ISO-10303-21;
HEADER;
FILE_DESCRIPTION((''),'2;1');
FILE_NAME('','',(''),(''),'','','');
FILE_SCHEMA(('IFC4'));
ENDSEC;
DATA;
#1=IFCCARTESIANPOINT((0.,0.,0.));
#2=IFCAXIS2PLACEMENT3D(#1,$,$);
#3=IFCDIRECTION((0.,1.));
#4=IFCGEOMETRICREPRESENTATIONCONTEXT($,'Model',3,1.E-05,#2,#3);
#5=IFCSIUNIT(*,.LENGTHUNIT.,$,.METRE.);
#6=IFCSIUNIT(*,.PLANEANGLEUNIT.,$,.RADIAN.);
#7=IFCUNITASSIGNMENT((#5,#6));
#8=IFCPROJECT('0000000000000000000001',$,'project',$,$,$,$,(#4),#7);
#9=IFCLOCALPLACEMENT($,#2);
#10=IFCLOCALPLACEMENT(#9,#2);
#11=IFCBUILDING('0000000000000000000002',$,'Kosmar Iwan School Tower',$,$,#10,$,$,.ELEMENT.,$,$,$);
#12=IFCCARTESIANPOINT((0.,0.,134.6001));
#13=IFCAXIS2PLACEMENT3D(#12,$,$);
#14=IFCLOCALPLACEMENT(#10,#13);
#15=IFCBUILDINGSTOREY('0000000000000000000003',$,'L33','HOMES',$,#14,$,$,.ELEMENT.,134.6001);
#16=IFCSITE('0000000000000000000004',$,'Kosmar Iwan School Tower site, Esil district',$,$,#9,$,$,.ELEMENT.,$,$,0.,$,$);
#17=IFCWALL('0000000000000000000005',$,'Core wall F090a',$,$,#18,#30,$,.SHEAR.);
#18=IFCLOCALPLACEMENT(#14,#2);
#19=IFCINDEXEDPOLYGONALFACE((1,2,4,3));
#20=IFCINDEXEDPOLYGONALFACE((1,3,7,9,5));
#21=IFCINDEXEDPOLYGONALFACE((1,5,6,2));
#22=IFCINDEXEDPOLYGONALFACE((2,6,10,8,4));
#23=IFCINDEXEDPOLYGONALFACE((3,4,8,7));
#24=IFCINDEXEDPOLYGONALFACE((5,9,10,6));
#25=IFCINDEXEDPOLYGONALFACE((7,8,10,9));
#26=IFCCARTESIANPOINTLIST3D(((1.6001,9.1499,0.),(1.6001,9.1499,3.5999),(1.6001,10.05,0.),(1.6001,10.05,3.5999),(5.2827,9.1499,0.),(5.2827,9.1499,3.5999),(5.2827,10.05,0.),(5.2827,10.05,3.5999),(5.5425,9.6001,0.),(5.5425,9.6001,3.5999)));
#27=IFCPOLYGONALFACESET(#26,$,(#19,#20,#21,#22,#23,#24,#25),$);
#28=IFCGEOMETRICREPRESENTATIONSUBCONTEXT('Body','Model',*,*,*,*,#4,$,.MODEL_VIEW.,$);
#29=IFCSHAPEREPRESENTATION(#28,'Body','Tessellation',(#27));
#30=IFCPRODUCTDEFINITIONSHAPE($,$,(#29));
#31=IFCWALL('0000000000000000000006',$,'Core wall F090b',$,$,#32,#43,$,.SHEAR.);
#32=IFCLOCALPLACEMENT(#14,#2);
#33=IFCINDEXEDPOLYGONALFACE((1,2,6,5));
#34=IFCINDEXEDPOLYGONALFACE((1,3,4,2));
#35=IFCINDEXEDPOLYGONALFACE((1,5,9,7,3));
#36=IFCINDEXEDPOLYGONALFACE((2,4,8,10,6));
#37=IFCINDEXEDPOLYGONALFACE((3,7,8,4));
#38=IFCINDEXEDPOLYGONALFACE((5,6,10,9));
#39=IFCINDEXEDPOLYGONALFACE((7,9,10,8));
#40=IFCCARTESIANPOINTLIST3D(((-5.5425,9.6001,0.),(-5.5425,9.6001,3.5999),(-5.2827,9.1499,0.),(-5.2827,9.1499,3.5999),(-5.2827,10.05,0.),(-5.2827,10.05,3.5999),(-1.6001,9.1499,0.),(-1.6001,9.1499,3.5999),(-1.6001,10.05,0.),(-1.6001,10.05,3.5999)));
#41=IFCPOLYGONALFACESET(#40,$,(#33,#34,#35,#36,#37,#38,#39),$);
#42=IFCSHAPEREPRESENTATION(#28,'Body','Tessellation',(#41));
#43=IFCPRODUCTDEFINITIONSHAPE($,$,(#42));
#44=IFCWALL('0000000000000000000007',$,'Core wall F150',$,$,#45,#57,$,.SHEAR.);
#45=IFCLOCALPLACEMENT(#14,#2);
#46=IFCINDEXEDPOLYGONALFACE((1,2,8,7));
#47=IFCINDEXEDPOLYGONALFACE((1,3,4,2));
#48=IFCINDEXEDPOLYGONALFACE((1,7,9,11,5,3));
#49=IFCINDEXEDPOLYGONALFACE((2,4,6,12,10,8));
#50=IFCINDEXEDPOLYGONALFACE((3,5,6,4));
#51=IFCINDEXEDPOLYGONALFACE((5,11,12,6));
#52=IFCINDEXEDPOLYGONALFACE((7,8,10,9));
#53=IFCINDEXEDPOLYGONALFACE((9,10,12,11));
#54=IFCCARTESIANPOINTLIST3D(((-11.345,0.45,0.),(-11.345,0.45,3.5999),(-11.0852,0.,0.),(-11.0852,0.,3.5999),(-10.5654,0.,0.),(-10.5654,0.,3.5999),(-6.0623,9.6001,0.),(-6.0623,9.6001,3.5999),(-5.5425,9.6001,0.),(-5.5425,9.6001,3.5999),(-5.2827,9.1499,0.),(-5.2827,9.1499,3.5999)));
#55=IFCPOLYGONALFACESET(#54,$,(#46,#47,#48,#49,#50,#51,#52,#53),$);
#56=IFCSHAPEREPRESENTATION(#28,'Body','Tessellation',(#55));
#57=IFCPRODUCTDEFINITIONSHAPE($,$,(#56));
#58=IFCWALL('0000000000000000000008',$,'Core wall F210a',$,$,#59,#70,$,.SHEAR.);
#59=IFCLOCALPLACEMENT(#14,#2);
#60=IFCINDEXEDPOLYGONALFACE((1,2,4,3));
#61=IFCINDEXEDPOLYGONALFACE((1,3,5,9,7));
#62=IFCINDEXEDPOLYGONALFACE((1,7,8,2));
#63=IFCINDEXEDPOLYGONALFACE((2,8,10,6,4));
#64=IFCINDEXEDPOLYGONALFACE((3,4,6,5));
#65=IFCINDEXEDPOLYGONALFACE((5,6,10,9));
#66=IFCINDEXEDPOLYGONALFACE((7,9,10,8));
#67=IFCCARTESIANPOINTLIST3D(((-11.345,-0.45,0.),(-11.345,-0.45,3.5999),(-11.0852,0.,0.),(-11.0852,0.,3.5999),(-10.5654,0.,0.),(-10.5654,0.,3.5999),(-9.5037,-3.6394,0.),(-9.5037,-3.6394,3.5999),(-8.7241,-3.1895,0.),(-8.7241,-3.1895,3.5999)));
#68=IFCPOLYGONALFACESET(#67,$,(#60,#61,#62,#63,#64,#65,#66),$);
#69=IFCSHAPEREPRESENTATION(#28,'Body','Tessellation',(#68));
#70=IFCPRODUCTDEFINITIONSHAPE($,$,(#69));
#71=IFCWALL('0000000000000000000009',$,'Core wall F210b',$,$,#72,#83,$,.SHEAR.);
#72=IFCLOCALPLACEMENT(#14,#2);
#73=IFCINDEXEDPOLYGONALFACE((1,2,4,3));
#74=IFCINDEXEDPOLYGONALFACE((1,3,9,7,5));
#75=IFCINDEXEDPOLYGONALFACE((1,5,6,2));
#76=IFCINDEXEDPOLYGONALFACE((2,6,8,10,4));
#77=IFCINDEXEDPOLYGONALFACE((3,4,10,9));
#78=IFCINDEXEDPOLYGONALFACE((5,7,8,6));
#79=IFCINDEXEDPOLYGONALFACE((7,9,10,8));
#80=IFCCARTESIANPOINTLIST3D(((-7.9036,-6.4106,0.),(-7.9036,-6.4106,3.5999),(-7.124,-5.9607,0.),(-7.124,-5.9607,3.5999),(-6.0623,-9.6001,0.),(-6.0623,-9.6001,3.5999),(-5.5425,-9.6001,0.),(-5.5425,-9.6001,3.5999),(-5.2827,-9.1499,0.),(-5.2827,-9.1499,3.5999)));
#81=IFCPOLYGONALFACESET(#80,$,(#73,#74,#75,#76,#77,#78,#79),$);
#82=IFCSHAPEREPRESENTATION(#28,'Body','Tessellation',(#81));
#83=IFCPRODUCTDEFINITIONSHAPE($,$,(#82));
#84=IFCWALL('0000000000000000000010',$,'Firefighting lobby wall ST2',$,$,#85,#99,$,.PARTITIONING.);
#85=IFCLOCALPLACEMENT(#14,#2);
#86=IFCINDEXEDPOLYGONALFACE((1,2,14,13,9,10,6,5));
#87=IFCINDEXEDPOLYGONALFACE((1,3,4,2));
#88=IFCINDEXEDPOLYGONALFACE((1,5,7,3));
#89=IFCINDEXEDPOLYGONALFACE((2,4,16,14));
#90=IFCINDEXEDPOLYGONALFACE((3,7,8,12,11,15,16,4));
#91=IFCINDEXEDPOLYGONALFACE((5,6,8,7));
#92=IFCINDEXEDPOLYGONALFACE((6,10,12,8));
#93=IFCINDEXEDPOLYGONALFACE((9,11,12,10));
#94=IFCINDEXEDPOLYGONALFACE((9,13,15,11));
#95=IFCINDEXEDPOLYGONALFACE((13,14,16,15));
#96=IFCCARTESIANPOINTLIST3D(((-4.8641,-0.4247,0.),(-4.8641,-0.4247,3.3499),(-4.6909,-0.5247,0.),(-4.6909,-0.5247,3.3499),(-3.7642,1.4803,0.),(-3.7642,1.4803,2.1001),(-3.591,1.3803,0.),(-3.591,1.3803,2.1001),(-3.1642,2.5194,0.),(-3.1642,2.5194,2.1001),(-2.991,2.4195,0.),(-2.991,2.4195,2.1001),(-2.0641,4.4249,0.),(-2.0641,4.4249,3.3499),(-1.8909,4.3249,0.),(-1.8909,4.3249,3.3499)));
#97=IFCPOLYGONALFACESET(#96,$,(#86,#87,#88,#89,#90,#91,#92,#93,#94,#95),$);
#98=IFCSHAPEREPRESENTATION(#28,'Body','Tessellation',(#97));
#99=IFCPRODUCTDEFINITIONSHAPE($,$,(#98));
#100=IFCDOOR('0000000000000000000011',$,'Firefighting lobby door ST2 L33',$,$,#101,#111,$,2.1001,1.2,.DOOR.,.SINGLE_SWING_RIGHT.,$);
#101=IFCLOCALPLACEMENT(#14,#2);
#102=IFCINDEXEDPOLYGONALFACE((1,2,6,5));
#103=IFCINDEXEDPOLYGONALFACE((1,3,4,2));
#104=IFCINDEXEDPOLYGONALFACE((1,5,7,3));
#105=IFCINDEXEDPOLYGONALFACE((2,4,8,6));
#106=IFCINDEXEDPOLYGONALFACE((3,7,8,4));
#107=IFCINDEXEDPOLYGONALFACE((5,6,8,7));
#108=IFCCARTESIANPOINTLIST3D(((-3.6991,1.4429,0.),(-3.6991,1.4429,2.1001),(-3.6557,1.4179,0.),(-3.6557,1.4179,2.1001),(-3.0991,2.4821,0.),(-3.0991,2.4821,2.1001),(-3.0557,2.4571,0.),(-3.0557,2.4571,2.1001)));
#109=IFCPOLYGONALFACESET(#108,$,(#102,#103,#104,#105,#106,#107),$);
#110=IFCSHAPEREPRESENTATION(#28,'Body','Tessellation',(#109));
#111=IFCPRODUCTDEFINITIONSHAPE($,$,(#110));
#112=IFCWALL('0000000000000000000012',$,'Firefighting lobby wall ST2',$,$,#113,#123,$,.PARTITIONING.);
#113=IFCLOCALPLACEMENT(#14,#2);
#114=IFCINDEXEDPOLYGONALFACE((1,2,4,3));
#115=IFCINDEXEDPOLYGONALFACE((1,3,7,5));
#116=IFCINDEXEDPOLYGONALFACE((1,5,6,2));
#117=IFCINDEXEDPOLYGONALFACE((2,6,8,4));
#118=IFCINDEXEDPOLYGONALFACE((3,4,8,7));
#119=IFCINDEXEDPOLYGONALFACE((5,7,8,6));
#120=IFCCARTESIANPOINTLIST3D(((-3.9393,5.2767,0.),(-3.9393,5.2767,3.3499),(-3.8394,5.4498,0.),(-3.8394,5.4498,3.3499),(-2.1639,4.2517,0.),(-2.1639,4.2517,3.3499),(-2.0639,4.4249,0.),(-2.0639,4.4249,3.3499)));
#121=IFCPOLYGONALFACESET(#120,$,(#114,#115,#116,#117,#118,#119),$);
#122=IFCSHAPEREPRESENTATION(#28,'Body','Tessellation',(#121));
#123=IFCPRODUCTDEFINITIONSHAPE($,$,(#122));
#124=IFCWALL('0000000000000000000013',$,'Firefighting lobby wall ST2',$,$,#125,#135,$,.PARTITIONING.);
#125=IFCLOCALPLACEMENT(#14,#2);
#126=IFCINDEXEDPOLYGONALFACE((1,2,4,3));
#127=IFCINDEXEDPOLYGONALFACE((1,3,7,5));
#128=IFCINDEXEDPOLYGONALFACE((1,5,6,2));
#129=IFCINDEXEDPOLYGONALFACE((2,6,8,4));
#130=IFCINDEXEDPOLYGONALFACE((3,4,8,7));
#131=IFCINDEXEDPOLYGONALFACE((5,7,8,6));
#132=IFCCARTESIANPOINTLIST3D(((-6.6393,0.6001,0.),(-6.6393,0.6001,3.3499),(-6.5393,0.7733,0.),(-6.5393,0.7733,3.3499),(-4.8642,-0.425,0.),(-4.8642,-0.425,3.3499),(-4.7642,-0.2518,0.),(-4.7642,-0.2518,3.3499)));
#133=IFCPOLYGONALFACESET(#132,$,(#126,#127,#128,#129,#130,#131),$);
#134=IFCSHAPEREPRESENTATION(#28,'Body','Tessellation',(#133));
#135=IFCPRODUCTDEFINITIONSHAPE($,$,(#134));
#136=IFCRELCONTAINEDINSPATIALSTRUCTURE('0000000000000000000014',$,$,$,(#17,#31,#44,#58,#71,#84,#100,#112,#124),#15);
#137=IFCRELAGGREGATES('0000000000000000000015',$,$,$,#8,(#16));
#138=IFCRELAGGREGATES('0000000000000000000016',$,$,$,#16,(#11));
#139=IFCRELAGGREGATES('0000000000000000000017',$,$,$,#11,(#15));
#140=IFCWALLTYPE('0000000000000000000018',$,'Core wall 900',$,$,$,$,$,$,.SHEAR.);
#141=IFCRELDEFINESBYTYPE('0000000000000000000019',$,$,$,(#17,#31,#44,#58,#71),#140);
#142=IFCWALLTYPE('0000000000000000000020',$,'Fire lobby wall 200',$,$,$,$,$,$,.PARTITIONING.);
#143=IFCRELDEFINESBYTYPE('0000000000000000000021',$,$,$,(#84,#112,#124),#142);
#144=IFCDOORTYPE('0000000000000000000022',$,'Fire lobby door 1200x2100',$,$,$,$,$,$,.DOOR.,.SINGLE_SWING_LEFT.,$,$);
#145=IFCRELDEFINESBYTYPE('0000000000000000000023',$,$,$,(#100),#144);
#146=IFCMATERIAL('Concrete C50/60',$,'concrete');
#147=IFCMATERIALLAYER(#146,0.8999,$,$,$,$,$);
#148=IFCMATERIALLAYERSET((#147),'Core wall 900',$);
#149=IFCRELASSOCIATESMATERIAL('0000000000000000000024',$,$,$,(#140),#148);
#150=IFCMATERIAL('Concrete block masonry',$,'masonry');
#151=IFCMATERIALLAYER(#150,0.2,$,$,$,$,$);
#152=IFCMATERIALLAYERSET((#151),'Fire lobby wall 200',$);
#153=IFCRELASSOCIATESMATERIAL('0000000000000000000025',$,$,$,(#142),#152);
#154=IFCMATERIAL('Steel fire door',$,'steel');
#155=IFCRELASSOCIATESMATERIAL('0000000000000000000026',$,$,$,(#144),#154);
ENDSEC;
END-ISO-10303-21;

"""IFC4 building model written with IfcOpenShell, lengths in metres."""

from ifc_helpers import new_model, si_unit, direction, frame, frame_2d, origin, place, context, subcontext, project, spatial, polyline, rectangle, outline, extrude, material, layer, layer_set, type_object, element, fill, save


model = new_model("IFC4")

# Units and contexts
model_context = context("Model", 3, precision=1e-05, world=origin(), true_north=direction((0.0, 1.0)))
body_context = subcontext(model_context, "Body", "Model", "MODEL_VIEW")
ifc_project = project(units=[si_unit("LENGTHUNIT", "METRE"), si_unit("PLANEANGLEUNIT", "RADIAN")], contexts=[model_context])

# Site, building, storey
site_placement = place(None, origin())
site = spatial("IfcSite", under=ifc_project, at=site_placement, Name="Kosmar Iwan School Tower site, Esil district", CompositionType="ELEMENT", RefElevation=0.0)
building_placement = place(site_placement, origin())
building = spatial("IfcBuilding", under=site, at=building_placement, Name="Kosmar Iwan School Tower", CompositionType="ELEMENT")
storey_placement = place(building_placement, frame((0.0, 0.0, 134.6001)))
storey = spatial("IfcBuildingStorey", under=building, at=storey_placement, Name="L33", Description="HOMES", CompositionType="ELEMENT", Elevation=134.6001)

# Walls
ifc_material_1 = material(Name="Concrete C50/60", Category="concrete")
ifc_layer_1 = layer(ifc_material_1, 0.8999)
ifc_layer_set_1 = layer_set([ifc_layer_1], Name="Core wall 900")
wall_type_1 = type_object("IfcWallType", Name="Core wall 900", PredefinedType="SHEAR", material=ifc_layer_set_1)
wall_1_placement = place(storey_placement, origin())
element("IfcWall", 1, at=wall_1_placement, inside=storey, type_object=wall_type_1, Name="Core wall F090a", PredefinedType="SHEAR", context=body_context, shape_type="SweptSolid", body=[
    extrude(outline(polyline([(1.6001, 9.1499), (5.2827, 9.1499), (5.5425, 9.6001), (5.2827, 10.05), (1.6001, 10.05), (1.6001, 9.1499)])), origin(), (0.0, 0.0, 1.0), 3.5999),
])
wall_2_placement = place(storey_placement, origin())
element("IfcWall", 2, at=wall_2_placement, inside=storey, type_object=wall_type_1, Name="Core wall F090b", PredefinedType="SHEAR", context=body_context, shape_type="SweptSolid", body=[
    extrude(outline(polyline([(-5.2827, 9.1499), (-1.6001, 9.1499), (-1.6001, 10.05), (-5.2827, 10.05), (-5.5425, 9.6001), (-5.2827, 9.1499)])), origin(), (0.0, 0.0, 1.0), 3.5999),
])
wall_3_placement = place(storey_placement, origin())
element("IfcWall", 3, at=wall_3_placement, inside=storey, type_object=wall_type_1, Name="Core wall F150", PredefinedType="SHEAR", context=body_context, shape_type="SweptSolid", body=[
    extrude(outline(polyline([(-11.0852, 0.0), (-10.5654, 0.0), (-5.2827, 9.1499), (-5.5425, 9.6001), (-6.0623, 9.6001), (-11.345, 0.45), (-11.0852, 0.0)])), origin(), (0.0, 0.0, 1.0), 3.5999),
])
wall_4_placement = place(storey_placement, origin())
element("IfcWall", 4, at=wall_4_placement, inside=storey, type_object=wall_type_1, Name="Core wall F210a", PredefinedType="SHEAR", context=body_context, shape_type="SweptSolid", body=[
    extrude(outline(polyline([(-9.5037, -3.6394), (-8.7241, -3.1895), (-10.5654, 0.0), (-11.0852, 0.0), (-11.345, -0.45), (-9.5037, -3.6394)])), origin(), (0.0, 0.0, 1.0), 3.5999),
])
wall_5_placement = place(storey_placement, origin())
element("IfcWall", 5, at=wall_5_placement, inside=storey, type_object=wall_type_1, Name="Core wall F210b", PredefinedType="SHEAR", context=body_context, shape_type="SweptSolid", body=[
    extrude(outline(polyline([(-6.0623, -9.6001), (-5.5425, -9.6001), (-5.2827, -9.1499), (-7.124, -5.9607), (-7.9036, -6.4106), (-6.0623, -9.6001)])), origin(), (0.0, 0.0, 1.0), 3.5999),
])

# Wall, opening, door
ifc_material_2 = material(Name="Concrete block masonry", Category="masonry")
ifc_layer_2 = layer(ifc_material_2, 0.2)
ifc_layer_set_2 = layer_set([ifc_layer_2], Name="Fire lobby wall 200")
wall_type_2 = type_object("IfcWallType", Name="Fire lobby wall 200", PredefinedType="PARTITIONING", material=ifc_layer_set_2)
wall_6_placement = place(storey_placement, frame((-1.9775, 4.3748, 0.0), z_axis=(0.0, 0.0, 1.0), x_axis=(-0.500017, -0.866016, 0.0)))
wall_6 = element("IfcWall", 6, at=wall_6_placement, inside=storey, type_object=wall_type_2, Name="Firefighting lobby wall ST2", PredefinedType="PARTITIONING", context=body_context, shape_type="SweptSolid", body=[
    extrude(rectangle(XDim=5.5999, YDim=0.2, at=frame_2d((2.7998, 0.0))), origin(), (0.0, 0.0, 1.0), 3.3499),
])
opening_1_placement = place(wall_6_placement, frame((2.2, 0.0, 0.0)))
opening_1 = element("IfcOpeningElement", 7, at=opening_1_placement, cuts=wall_6, PredefinedType="OPENING", context=body_context, shape_type="SweptSolid", body=[
    extrude(rectangle(XDim=1.2, YDim=2.1001, at=frame_2d((0.6001, 1.05))), frame((0.0, 0.1121, 0.0), z_axis=(0.0, -1.0, 0.0), x_axis=(1.0, 0.0, 0.0)), (0.0, 0.0, 1.0), 0.2239),
])
ifc_material_3 = material(Name="Steel fire door", Category="steel")
door_type_1 = type_object("IfcDoorType", Name="Fire lobby door 1200x2100", OperationType="SINGLE_SWING_LEFT", PredefinedType="DOOR", material=ifc_material_3)
door_1_placement = place(opening_1_placement, frame((1.2, 0.0, 0.0), z_axis=(0.0, 0.0, 1.0), x_axis=(-1.0, 0.0, 0.0)))
door_1 = element("IfcDoor", 8, at=door_1_placement, inside=storey, type_object=door_type_1, Name="Firefighting lobby door ST2 L33", OperationType="SINGLE_SWING_RIGHT", OverallHeight=2.1001, OverallWidth=1.2, PredefinedType="DOOR", context=body_context, shape_type="SweptSolid", body=[
    extrude(rectangle(XDim=1.2, YDim=2.1001, at=frame_2d((0.6001, 1.05))), frame((0.0, 0.0249, 0.0), z_axis=(0.0, -1.0, 0.0), x_axis=(1.0, 0.0, 0.0)), (0.0, 0.0, 1.0), 0.05),
])
fill(opening_1, door_1)

# Walls
wall_7_placement = place(storey_placement, frame((-2.114, 4.3384, 0.0), z_axis=(0.0, 0.0, 1.0), x_axis=(-0.866051, 0.499956, 0.0)))
element("IfcWall", 9, at=wall_7_placement, inside=storey, type_object=wall_type_2, Name="Firefighting lobby wall ST2", PredefinedType="PARTITIONING", context=body_context, shape_type="SweptSolid", body=[
    extrude(rectangle(XDim=2.05, YDim=0.2, at=frame_2d((1.0249, 0.0))), origin(), (0.0, 0.0, 1.0), 3.3499),
])
wall_8_placement = place(storey_placement, frame((-4.8142, -0.3384, 0.0), z_axis=(0.0, 0.0, 1.0), x_axis=(-0.865969, 0.500097, 0.0)))
element("IfcWall", 10, at=wall_8_placement, inside=storey, type_object=wall_type_2, Name="Firefighting lobby wall ST2", PredefinedType="PARTITIONING", context=body_context, shape_type="SweptSolid", body=[
    extrude(rectangle(XDim=2.0498, YDim=0.2, at=frame_2d((1.0249, 0.0))), origin(), (0.0, 0.0, 1.0), 3.3499),
])

save(model, "model.ifc")
